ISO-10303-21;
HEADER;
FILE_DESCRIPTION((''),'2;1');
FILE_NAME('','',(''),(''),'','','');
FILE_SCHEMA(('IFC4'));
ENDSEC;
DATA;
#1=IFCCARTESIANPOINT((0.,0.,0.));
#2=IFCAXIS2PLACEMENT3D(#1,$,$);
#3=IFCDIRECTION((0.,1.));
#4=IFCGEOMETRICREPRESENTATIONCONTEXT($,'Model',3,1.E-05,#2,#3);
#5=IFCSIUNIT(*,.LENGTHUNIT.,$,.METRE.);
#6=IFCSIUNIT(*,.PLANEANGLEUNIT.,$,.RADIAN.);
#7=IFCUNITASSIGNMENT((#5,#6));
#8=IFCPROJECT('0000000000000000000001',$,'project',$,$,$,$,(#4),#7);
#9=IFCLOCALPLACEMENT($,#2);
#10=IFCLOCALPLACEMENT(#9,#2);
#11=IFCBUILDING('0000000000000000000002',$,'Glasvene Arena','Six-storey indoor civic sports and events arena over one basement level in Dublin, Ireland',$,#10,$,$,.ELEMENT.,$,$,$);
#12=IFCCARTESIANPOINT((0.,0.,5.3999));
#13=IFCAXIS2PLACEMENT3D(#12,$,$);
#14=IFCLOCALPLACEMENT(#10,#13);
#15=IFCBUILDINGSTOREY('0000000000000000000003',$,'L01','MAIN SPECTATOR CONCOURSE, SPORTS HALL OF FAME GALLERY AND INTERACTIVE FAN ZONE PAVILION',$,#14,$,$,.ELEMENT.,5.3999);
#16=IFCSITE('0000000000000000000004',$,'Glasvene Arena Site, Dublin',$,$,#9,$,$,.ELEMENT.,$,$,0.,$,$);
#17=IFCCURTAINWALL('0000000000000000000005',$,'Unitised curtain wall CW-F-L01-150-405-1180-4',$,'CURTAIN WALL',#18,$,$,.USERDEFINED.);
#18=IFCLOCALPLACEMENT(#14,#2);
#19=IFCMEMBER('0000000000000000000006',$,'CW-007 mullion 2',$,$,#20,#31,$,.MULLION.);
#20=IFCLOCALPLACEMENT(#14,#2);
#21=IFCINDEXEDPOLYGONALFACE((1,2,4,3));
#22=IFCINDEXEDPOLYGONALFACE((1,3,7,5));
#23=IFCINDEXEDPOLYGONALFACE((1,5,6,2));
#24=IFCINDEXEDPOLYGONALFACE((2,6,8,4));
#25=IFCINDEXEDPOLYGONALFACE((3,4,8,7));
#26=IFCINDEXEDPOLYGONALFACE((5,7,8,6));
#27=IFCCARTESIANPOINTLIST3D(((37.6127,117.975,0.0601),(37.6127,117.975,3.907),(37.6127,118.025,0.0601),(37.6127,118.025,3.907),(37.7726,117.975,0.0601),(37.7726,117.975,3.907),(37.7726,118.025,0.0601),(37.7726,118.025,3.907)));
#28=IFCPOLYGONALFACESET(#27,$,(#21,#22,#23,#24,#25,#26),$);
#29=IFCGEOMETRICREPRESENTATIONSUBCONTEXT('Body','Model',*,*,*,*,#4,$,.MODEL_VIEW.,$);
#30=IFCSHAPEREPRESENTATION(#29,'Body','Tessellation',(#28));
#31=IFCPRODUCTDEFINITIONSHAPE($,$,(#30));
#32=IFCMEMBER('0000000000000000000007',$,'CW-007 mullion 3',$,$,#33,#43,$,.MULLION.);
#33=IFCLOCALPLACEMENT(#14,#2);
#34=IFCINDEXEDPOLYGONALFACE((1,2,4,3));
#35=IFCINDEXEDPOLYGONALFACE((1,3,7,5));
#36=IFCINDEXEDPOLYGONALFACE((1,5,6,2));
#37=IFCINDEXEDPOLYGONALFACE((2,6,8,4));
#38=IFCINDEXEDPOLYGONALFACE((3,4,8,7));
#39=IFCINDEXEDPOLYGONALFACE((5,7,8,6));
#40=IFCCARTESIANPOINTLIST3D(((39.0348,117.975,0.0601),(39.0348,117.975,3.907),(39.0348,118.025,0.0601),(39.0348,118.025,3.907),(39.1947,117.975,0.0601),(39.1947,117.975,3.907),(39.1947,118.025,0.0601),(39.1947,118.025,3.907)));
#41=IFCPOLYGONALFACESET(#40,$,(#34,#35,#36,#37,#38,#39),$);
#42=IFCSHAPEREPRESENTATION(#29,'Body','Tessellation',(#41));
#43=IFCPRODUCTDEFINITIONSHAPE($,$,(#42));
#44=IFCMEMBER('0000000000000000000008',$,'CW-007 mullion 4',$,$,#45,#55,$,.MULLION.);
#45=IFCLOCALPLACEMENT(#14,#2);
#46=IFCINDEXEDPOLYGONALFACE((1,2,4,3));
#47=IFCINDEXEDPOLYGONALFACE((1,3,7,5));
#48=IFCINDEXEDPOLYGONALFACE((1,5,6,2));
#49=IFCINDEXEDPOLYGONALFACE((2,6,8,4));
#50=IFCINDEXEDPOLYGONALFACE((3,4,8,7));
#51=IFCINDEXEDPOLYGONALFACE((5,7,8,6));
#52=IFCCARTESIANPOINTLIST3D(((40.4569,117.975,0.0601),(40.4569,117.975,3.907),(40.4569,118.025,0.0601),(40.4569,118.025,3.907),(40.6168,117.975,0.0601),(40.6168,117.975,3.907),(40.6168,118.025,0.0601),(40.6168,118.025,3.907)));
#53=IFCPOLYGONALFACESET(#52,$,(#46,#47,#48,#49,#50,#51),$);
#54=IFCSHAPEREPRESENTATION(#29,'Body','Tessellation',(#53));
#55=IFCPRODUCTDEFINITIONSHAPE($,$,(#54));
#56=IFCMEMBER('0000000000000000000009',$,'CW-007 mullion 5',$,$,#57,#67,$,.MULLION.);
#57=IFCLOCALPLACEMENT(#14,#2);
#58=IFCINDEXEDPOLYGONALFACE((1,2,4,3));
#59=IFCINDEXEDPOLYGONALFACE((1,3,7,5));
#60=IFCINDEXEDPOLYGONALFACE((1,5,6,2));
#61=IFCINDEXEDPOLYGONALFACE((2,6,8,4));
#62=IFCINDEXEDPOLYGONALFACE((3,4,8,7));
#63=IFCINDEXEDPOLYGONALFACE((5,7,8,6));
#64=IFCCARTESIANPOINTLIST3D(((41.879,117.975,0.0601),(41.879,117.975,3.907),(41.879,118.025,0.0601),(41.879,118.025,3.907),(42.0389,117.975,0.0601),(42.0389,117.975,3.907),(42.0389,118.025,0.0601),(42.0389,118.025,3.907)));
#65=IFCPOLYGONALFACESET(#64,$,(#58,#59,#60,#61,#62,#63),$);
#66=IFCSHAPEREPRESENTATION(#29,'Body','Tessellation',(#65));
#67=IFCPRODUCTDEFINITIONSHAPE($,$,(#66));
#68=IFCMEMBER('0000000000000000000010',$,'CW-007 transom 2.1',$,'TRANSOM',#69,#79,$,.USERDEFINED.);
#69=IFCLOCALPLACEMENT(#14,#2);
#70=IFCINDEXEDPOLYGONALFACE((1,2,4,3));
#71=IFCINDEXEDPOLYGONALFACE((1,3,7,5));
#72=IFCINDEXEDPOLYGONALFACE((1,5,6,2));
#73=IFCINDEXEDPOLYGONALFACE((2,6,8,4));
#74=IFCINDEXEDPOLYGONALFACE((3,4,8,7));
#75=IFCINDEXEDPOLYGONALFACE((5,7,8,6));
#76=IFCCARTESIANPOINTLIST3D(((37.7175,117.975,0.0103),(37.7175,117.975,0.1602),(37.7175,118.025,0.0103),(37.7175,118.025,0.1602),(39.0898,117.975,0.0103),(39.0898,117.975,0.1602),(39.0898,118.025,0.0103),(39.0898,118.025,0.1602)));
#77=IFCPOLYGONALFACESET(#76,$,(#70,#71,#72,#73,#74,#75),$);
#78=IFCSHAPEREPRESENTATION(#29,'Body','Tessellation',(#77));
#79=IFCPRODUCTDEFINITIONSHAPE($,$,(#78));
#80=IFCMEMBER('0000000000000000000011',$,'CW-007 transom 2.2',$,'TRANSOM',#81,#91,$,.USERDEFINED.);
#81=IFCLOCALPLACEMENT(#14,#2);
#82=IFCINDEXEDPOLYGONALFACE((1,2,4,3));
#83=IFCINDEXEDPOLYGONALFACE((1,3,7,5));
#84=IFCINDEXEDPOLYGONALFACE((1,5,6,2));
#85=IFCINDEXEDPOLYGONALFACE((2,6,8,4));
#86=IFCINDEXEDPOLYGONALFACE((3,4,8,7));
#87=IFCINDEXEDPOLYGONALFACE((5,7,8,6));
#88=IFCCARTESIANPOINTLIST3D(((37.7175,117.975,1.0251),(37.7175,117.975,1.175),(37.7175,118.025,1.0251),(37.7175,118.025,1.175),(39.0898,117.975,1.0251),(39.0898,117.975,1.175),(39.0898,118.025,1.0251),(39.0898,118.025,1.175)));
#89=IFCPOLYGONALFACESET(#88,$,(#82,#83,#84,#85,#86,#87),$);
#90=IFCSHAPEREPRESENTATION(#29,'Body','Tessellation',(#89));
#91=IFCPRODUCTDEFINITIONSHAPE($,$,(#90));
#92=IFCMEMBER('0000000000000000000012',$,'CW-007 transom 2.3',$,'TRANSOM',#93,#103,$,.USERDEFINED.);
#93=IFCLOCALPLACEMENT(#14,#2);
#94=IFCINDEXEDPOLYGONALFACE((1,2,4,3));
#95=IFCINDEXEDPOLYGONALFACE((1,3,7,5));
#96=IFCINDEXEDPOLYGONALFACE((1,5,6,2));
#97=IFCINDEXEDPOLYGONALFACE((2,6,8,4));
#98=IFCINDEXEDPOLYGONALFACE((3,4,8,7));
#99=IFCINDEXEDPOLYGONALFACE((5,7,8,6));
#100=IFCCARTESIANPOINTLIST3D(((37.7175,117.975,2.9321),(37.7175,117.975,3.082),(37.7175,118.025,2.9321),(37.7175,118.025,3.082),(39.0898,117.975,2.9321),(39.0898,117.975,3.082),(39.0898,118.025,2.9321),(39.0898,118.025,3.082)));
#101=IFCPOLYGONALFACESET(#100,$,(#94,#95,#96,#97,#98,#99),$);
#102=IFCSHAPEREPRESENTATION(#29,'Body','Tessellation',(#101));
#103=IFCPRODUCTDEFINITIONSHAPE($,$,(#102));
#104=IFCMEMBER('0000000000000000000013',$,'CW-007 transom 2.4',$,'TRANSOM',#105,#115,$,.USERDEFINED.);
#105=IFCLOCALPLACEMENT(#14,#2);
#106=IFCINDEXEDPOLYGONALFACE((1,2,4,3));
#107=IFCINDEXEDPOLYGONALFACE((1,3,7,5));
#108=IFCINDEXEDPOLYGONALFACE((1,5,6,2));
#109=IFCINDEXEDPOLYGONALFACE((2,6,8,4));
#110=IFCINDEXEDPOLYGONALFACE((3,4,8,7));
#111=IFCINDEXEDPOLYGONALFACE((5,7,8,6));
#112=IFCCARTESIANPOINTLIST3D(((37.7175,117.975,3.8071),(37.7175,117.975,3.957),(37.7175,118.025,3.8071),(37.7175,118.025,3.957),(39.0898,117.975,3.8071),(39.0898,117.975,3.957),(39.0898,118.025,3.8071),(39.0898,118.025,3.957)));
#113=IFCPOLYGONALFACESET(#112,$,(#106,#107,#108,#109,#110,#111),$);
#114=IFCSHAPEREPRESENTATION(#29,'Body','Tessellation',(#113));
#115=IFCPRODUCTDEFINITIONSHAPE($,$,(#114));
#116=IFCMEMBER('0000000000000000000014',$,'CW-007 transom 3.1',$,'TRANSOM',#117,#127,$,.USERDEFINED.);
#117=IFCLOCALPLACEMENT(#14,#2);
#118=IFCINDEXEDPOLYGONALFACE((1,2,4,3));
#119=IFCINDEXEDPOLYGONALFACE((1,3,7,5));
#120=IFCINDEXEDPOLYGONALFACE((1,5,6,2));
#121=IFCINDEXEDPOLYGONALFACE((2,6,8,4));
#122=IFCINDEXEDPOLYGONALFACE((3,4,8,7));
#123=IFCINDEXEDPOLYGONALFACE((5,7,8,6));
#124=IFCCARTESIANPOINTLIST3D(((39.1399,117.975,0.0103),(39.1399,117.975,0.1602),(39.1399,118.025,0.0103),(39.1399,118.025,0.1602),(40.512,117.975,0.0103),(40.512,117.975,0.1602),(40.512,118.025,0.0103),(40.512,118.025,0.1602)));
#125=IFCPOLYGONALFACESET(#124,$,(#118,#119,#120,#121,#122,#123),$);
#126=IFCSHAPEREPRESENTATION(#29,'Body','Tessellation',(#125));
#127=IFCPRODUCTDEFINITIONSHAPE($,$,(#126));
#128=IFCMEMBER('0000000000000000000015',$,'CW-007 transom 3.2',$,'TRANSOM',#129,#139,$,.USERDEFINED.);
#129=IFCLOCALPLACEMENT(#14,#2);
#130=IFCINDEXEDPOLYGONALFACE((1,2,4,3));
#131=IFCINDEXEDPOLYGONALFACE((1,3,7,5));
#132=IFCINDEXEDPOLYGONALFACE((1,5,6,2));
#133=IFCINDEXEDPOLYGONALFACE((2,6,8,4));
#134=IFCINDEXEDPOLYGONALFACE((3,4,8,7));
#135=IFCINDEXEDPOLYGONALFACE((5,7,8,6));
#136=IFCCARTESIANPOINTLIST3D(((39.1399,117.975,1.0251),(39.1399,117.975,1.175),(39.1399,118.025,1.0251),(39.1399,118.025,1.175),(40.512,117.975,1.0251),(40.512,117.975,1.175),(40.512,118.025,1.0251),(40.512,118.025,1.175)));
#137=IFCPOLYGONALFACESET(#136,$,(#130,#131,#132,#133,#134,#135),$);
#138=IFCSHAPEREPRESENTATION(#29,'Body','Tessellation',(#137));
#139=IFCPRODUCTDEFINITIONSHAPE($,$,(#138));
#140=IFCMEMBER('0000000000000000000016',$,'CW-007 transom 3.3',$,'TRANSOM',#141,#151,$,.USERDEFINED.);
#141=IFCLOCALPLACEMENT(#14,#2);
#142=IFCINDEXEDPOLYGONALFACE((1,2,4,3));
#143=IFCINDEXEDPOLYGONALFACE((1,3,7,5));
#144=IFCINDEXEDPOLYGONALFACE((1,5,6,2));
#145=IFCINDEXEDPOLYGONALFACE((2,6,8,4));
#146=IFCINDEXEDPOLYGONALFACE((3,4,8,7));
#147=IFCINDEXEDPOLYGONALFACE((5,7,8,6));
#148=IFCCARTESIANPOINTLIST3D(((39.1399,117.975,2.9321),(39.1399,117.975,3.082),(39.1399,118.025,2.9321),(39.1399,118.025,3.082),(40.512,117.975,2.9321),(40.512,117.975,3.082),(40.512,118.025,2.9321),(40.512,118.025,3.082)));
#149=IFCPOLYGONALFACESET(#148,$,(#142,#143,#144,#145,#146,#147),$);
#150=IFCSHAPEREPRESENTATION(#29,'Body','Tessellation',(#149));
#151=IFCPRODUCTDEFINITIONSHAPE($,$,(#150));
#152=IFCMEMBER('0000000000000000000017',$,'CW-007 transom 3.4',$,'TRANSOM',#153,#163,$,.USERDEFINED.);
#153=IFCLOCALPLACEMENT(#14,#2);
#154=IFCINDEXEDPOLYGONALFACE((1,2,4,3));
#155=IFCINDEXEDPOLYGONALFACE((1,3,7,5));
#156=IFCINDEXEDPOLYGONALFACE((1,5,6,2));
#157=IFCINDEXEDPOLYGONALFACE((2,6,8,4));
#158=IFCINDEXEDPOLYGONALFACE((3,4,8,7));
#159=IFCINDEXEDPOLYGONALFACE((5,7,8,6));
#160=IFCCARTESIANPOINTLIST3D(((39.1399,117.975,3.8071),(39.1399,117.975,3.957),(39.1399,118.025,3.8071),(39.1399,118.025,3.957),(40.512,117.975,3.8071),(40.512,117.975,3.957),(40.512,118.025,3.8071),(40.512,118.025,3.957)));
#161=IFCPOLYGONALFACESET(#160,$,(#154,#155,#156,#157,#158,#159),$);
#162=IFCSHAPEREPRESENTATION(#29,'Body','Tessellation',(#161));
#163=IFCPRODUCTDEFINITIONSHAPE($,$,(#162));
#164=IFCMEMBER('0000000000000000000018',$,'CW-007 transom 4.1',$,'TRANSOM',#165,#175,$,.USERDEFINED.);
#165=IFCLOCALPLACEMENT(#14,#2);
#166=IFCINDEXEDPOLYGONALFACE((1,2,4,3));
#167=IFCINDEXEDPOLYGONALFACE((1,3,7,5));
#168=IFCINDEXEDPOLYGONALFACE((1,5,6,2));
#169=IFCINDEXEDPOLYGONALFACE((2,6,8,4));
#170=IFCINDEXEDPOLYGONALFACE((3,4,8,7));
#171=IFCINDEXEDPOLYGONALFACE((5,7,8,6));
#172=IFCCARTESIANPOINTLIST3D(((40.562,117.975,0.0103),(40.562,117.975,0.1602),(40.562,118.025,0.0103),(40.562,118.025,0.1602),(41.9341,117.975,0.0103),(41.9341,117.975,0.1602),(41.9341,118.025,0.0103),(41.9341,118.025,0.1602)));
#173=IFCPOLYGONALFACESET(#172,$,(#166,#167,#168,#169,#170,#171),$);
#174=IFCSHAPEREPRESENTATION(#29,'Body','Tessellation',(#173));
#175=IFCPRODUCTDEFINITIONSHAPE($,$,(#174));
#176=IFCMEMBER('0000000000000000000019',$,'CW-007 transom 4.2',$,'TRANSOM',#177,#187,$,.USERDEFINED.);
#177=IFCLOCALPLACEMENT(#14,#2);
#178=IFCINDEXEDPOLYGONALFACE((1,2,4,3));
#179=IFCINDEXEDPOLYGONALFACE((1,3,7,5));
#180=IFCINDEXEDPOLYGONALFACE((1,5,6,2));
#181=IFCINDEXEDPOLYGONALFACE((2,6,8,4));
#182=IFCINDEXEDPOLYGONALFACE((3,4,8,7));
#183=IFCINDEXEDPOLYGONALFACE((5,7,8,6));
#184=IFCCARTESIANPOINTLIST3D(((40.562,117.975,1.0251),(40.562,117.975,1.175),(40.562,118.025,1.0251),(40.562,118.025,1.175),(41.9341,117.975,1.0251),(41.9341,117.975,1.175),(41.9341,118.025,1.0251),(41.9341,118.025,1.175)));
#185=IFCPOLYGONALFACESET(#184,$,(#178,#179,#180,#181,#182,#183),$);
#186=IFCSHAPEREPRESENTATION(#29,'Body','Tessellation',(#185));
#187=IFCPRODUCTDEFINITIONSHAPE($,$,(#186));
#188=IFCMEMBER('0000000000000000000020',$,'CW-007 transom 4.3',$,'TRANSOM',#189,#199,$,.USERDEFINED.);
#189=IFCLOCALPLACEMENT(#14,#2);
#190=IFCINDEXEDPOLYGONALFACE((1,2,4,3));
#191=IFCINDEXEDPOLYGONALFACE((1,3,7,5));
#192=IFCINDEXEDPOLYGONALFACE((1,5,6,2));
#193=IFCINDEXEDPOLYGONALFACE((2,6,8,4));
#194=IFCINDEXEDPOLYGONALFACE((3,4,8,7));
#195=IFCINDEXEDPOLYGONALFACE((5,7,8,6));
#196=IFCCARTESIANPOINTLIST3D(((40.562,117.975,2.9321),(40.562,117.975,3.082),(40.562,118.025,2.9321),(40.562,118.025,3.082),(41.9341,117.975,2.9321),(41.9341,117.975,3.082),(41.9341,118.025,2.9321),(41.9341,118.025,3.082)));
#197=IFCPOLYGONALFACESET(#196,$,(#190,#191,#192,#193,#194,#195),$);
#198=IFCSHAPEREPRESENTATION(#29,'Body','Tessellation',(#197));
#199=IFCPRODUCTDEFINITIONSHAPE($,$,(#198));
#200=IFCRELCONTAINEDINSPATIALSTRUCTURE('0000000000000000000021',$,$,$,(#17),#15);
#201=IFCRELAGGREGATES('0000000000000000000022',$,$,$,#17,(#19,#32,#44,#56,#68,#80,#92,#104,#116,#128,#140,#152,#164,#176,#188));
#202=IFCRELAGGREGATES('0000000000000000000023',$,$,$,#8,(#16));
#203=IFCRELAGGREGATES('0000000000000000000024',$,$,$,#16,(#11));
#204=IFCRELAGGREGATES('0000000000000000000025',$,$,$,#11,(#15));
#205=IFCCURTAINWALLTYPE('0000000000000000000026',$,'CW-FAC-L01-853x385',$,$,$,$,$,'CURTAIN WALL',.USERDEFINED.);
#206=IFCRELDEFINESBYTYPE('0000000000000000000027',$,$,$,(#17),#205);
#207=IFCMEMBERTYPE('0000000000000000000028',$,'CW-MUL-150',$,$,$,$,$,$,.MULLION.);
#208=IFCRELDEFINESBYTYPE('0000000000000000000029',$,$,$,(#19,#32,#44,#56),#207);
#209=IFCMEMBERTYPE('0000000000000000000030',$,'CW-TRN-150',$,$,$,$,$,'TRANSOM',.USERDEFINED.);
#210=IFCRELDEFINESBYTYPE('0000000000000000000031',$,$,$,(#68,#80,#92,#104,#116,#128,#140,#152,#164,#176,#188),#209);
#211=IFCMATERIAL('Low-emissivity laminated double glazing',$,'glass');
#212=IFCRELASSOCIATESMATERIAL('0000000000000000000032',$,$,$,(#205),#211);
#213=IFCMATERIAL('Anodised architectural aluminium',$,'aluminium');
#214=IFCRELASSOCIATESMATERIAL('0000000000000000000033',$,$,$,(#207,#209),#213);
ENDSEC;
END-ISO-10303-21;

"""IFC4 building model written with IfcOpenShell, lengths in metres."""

from ifc_helpers import new_model, si_unit, direction, frame, origin, origin_2d, place, context, subcontext, project, spatial, rectangle, extrude, material, material_profile, profile_set, type_object, element, aggregate, save


model = new_model("IFC4")

# Units and contexts
model_context = context("Model", 3, precision=1e-05, world=origin(), true_north=direction((0.0, 1.0)))
body_context = subcontext(model_context, "Body", "Model", "MODEL_VIEW")
ifc_project = project(units=[si_unit("LENGTHUNIT", "METRE"), si_unit("PLANEANGLEUNIT", "RADIAN")], contexts=[model_context])

# Site, building, storey
site_placement = place(None, origin())
site = spatial("IfcSite", under=ifc_project, at=site_placement, Name="Glasvene Arena Site, Dublin", CompositionType="ELEMENT", RefElevation=0.0)
building_placement = place(site_placement, origin())
building = spatial("IfcBuilding", under=site, at=building_placement, Name="Glasvene Arena", Description="Six-storey indoor civic sports and events arena over one basement level in Dublin, Ireland", CompositionType="ELEMENT")
storey_placement = place(building_placement, frame((0.0, 0.0, 5.3999)))
storey = spatial("IfcBuildingStorey", under=building, at=storey_placement, Name="L01", Description="MAIN SPECTATOR CONCOURSE, SPORTS HALL OF FAME GALLERY AND INTERACTIVE FAN ZONE PAVILION", CompositionType="ELEMENT", Elevation=5.3999)

# Curtain wall, members
ifc_material_1 = material(Name="Low-emissivity laminated double glazing", Category="glass")
curtain_wall_type = type_object("IfcCurtainWallType", Name="CW-FAC-L01-853x385", ElementType="CURTAIN WALL", PredefinedType="USERDEFINED", material=ifc_material_1)
curtain_wall_placement = place(storey_placement, frame((36.2705, 118.0, 0.0)))
curtain_wall = element("IfcCurtainWall", 1, at=curtain_wall_placement, inside=storey, type_object=curtain_wall_type, Name="Unitised curtain wall CW-F-L01-150-405-1180-4", ObjectType="CURTAIN WALL", PredefinedType="USERDEFINED")
ifc_material_2 = material(Name="Anodised architectural aluminium", Category="aluminium")
ifc_material_profile_1 = material_profile(ifc_material_2, rectangle(XDim=0.05, YDim=0.1599, at=origin_2d()), Name="ALU MULLION 50x160")
ifc_profile_set_1 = profile_set([ifc_material_profile_1], Name="Anodised architectural aluminium")
member_type_1 = type_object("IfcMemberType", Name="CW-MUL-150", PredefinedType="MULLION", material=ifc_profile_set_1)
member_1_placement = place(storey_placement, frame((37.6926, 118.0, 0.0601), z_axis=(0.0, 0.0, 1.0), x_axis=(0.0, 1.0, 0.0)))
member_1 = element("IfcMember", 2, at=member_1_placement, type_object=member_type_1, Name="CW-007 mullion 2", PredefinedType="MULLION", context=body_context, shape_type="SweptSolid", body=[
    extrude(rectangle(XDim=0.05, YDim=0.1599, at=origin_2d()), origin(), (0.0, 0.0, 1.0), 3.8469),
])
member_2_placement = place(storey_placement, frame((39.1147, 118.0, 0.0601), z_axis=(0.0, 0.0, 1.0), x_axis=(0.0, 1.0, 0.0)))
member_2 = element("IfcMember", 3, at=member_2_placement, type_object=member_type_1, Name="CW-007 mullion 3", PredefinedType="MULLION", context=body_context, shape_type="SweptSolid", body=[
    extrude(rectangle(XDim=0.05, YDim=0.1599, at=origin_2d()), origin(), (0.0, 0.0, 1.0), 3.8469),
])
member_3_placement = place(storey_placement, frame((40.5369, 118.0, 0.0601), z_axis=(0.0, 0.0, 1.0), x_axis=(0.0, 1.0, 0.0)))
member_3 = element("IfcMember", 4, at=member_3_placement, type_object=member_type_1, Name="CW-007 mullion 4", PredefinedType="MULLION", context=body_context, shape_type="SweptSolid", body=[
    extrude(rectangle(XDim=0.05, YDim=0.1599, at=origin_2d()), origin(), (0.0, 0.0, 1.0), 3.8469),
])
member_4_placement = place(storey_placement, frame((41.959, 118.0, 0.0601), z_axis=(0.0, 0.0, 1.0), x_axis=(0.0, 1.0, 0.0)))
member_4 = element("IfcMember", 5, at=member_4_placement, type_object=member_type_1, Name="CW-007 mullion 5", PredefinedType="MULLION", context=body_context, shape_type="SweptSolid", body=[
    extrude(rectangle(XDim=0.05, YDim=0.1599, at=origin_2d()), origin(), (0.0, 0.0, 1.0), 3.8469),
])
ifc_material_profile_2 = material_profile(ifc_material_2, rectangle(XDim=0.05, YDim=0.1499, at=origin_2d()), Name="ALU TRANSOM 50x150")
ifc_profile_set_2 = profile_set([ifc_material_profile_2], Name="Anodised architectural aluminium")
member_type_2 = type_object("IfcMemberType", Name="CW-TRN-150", ElementType="TRANSOM", PredefinedType="USERDEFINED", material=ifc_profile_set_2)
member_5_placement = place(storey_placement, frame((37.7175, 118.0, 0.0852), z_axis=(1.0, 0.0, 0.0), x_axis=(0.0, 1.0, 0.0)))
member_5 = element("IfcMember", 6, at=member_5_placement, type_object=member_type_2, Name="CW-007 transom 2.1", ObjectType="TRANSOM", PredefinedType="USERDEFINED", context=body_context, shape_type="SweptSolid", body=[
    extrude(rectangle(XDim=0.05, YDim=0.1499, at=origin_2d()), origin(), (0.0, 0.0, 1.0), 1.3723),
])
member_6_placement = place(storey_placement, frame((37.7175, 118.0, 1.1001), z_axis=(1.0, 0.0, 0.0), x_axis=(0.0, 1.0, 0.0)))
member_6 = element("IfcMember", 7, at=member_6_placement, type_object=member_type_2, Name="CW-007 transom 2.2", ObjectType="TRANSOM", PredefinedType="USERDEFINED", context=body_context, shape_type="SweptSolid", body=[
    extrude(rectangle(XDim=0.05, YDim=0.1499, at=origin_2d()), origin(), (0.0, 0.0, 1.0), 1.3723),
])
member_7_placement = place(storey_placement, frame((37.7175, 118.0, 3.0071), z_axis=(1.0, 0.0, 0.0), x_axis=(0.0, 1.0, 0.0)))
member_7 = element("IfcMember", 8, at=member_7_placement, type_object=member_type_2, Name="CW-007 transom 2.3", ObjectType="TRANSOM", PredefinedType="USERDEFINED", context=body_context, shape_type="SweptSolid", body=[
    extrude(rectangle(XDim=0.05, YDim=0.1499, at=origin_2d()), origin(), (0.0, 0.0, 1.0), 1.3723),
])
member_8_placement = place(storey_placement, frame((37.7175, 118.0, 3.8821), z_axis=(1.0, 0.0, 0.0), x_axis=(0.0, 1.0, 0.0)))
member_8 = element("IfcMember", 9, at=member_8_placement, type_object=member_type_2, Name="CW-007 transom 2.4", ObjectType="TRANSOM", PredefinedType="USERDEFINED", context=body_context, shape_type="SweptSolid", body=[
    extrude(rectangle(XDim=0.05, YDim=0.1499, at=origin_2d()), origin(), (0.0, 0.0, 1.0), 1.3723),
])
member_9_placement = place(storey_placement, frame((39.1399, 118.0, 0.0852), z_axis=(1.0, 0.0, 0.0), x_axis=(0.0, 1.0, 0.0)))
member_9 = element("IfcMember", 10, at=member_9_placement, type_object=member_type_2, Name="CW-007 transom 3.1", ObjectType="TRANSOM", PredefinedType="USERDEFINED", context=body_context, shape_type="SweptSolid", body=[
    extrude(rectangle(XDim=0.05, YDim=0.1499, at=origin_2d()), origin(), (0.0, 0.0, 1.0), 1.3721),
])
member_10_placement = place(storey_placement, frame((39.1399, 118.0, 1.1001), z_axis=(1.0, 0.0, 0.0), x_axis=(0.0, 1.0, 0.0)))
member_10 = element("IfcMember", 11, at=member_10_placement, type_object=member_type_2, Name="CW-007 transom 3.2", ObjectType="TRANSOM", PredefinedType="USERDEFINED", context=body_context, shape_type="SweptSolid", body=[
    extrude(rectangle(XDim=0.05, YDim=0.1499, at=origin_2d()), origin(), (0.0, 0.0, 1.0), 1.3721),
])
member_11_placement = place(storey_placement, frame((39.1399, 118.0, 3.0071), z_axis=(1.0, 0.0, 0.0), x_axis=(0.0, 1.0, 0.0)))
member_11 = element("IfcMember", 12, at=member_11_placement, type_object=member_type_2, Name="CW-007 transom 3.3", ObjectType="TRANSOM", PredefinedType="USERDEFINED", context=body_context, shape_type="SweptSolid", body=[
    extrude(rectangle(XDim=0.05, YDim=0.1499, at=origin_2d()), origin(), (0.0, 0.0, 1.0), 1.3721),
])
member_12_placement = place(storey_placement, frame((39.1399, 118.0, 3.8821), z_axis=(1.0, 0.0, 0.0), x_axis=(0.0, 1.0, 0.0)))
member_12 = element("IfcMember", 13, at=member_12_placement, type_object=member_type_2, Name="CW-007 transom 3.4", ObjectType="TRANSOM", PredefinedType="USERDEFINED", context=body_context, shape_type="SweptSolid", body=[
    extrude(rectangle(XDim=0.05, YDim=0.1499, at=origin_2d()), origin(), (0.0, 0.0, 1.0), 1.3721),
])
member_13_placement = place(storey_placement, frame((40.562, 118.0, 0.0852), z_axis=(1.0, 0.0, 0.0), x_axis=(0.0, 1.0, 0.0)))
member_13 = element("IfcMember", 14, at=member_13_placement, type_object=member_type_2, Name="CW-007 transom 4.1", ObjectType="TRANSOM", PredefinedType="USERDEFINED", context=body_context, shape_type="SweptSolid", body=[
    extrude(rectangle(XDim=0.05, YDim=0.1499, at=origin_2d()), origin(), (0.0, 0.0, 1.0), 1.3721),
])
member_14_placement = place(storey_placement, frame((40.562, 118.0, 1.1001), z_axis=(1.0, 0.0, 0.0), x_axis=(0.0, 1.0, 0.0)))
member_14 = element("IfcMember", 15, at=member_14_placement, type_object=member_type_2, Name="CW-007 transom 4.2", ObjectType="TRANSOM", PredefinedType="USERDEFINED", context=body_context, shape_type="SweptSolid", body=[
    extrude(rectangle(XDim=0.05, YDim=0.1499, at=origin_2d()), origin(), (0.0, 0.0, 1.0), 1.3721),
])
member_15_placement = place(storey_placement, frame((40.562, 118.0, 3.0071), z_axis=(1.0, 0.0, 0.0), x_axis=(0.0, 1.0, 0.0)))
member_15 = element("IfcMember", 16, at=member_15_placement, type_object=member_type_2, Name="CW-007 transom 4.3", ObjectType="TRANSOM", PredefinedType="USERDEFINED", context=body_context, shape_type="SweptSolid", body=[
    extrude(rectangle(XDim=0.05, YDim=0.1499, at=origin_2d()), origin(), (0.0, 0.0, 1.0), 1.3721),
])
aggregate(curtain_wall, [member_1, member_2, member_3, member_4, member_5, member_6, member_7, member_8, member_9, member_10, member_11, member_12, member_13, member_14, member_15])

save(model, "model.ifc")
